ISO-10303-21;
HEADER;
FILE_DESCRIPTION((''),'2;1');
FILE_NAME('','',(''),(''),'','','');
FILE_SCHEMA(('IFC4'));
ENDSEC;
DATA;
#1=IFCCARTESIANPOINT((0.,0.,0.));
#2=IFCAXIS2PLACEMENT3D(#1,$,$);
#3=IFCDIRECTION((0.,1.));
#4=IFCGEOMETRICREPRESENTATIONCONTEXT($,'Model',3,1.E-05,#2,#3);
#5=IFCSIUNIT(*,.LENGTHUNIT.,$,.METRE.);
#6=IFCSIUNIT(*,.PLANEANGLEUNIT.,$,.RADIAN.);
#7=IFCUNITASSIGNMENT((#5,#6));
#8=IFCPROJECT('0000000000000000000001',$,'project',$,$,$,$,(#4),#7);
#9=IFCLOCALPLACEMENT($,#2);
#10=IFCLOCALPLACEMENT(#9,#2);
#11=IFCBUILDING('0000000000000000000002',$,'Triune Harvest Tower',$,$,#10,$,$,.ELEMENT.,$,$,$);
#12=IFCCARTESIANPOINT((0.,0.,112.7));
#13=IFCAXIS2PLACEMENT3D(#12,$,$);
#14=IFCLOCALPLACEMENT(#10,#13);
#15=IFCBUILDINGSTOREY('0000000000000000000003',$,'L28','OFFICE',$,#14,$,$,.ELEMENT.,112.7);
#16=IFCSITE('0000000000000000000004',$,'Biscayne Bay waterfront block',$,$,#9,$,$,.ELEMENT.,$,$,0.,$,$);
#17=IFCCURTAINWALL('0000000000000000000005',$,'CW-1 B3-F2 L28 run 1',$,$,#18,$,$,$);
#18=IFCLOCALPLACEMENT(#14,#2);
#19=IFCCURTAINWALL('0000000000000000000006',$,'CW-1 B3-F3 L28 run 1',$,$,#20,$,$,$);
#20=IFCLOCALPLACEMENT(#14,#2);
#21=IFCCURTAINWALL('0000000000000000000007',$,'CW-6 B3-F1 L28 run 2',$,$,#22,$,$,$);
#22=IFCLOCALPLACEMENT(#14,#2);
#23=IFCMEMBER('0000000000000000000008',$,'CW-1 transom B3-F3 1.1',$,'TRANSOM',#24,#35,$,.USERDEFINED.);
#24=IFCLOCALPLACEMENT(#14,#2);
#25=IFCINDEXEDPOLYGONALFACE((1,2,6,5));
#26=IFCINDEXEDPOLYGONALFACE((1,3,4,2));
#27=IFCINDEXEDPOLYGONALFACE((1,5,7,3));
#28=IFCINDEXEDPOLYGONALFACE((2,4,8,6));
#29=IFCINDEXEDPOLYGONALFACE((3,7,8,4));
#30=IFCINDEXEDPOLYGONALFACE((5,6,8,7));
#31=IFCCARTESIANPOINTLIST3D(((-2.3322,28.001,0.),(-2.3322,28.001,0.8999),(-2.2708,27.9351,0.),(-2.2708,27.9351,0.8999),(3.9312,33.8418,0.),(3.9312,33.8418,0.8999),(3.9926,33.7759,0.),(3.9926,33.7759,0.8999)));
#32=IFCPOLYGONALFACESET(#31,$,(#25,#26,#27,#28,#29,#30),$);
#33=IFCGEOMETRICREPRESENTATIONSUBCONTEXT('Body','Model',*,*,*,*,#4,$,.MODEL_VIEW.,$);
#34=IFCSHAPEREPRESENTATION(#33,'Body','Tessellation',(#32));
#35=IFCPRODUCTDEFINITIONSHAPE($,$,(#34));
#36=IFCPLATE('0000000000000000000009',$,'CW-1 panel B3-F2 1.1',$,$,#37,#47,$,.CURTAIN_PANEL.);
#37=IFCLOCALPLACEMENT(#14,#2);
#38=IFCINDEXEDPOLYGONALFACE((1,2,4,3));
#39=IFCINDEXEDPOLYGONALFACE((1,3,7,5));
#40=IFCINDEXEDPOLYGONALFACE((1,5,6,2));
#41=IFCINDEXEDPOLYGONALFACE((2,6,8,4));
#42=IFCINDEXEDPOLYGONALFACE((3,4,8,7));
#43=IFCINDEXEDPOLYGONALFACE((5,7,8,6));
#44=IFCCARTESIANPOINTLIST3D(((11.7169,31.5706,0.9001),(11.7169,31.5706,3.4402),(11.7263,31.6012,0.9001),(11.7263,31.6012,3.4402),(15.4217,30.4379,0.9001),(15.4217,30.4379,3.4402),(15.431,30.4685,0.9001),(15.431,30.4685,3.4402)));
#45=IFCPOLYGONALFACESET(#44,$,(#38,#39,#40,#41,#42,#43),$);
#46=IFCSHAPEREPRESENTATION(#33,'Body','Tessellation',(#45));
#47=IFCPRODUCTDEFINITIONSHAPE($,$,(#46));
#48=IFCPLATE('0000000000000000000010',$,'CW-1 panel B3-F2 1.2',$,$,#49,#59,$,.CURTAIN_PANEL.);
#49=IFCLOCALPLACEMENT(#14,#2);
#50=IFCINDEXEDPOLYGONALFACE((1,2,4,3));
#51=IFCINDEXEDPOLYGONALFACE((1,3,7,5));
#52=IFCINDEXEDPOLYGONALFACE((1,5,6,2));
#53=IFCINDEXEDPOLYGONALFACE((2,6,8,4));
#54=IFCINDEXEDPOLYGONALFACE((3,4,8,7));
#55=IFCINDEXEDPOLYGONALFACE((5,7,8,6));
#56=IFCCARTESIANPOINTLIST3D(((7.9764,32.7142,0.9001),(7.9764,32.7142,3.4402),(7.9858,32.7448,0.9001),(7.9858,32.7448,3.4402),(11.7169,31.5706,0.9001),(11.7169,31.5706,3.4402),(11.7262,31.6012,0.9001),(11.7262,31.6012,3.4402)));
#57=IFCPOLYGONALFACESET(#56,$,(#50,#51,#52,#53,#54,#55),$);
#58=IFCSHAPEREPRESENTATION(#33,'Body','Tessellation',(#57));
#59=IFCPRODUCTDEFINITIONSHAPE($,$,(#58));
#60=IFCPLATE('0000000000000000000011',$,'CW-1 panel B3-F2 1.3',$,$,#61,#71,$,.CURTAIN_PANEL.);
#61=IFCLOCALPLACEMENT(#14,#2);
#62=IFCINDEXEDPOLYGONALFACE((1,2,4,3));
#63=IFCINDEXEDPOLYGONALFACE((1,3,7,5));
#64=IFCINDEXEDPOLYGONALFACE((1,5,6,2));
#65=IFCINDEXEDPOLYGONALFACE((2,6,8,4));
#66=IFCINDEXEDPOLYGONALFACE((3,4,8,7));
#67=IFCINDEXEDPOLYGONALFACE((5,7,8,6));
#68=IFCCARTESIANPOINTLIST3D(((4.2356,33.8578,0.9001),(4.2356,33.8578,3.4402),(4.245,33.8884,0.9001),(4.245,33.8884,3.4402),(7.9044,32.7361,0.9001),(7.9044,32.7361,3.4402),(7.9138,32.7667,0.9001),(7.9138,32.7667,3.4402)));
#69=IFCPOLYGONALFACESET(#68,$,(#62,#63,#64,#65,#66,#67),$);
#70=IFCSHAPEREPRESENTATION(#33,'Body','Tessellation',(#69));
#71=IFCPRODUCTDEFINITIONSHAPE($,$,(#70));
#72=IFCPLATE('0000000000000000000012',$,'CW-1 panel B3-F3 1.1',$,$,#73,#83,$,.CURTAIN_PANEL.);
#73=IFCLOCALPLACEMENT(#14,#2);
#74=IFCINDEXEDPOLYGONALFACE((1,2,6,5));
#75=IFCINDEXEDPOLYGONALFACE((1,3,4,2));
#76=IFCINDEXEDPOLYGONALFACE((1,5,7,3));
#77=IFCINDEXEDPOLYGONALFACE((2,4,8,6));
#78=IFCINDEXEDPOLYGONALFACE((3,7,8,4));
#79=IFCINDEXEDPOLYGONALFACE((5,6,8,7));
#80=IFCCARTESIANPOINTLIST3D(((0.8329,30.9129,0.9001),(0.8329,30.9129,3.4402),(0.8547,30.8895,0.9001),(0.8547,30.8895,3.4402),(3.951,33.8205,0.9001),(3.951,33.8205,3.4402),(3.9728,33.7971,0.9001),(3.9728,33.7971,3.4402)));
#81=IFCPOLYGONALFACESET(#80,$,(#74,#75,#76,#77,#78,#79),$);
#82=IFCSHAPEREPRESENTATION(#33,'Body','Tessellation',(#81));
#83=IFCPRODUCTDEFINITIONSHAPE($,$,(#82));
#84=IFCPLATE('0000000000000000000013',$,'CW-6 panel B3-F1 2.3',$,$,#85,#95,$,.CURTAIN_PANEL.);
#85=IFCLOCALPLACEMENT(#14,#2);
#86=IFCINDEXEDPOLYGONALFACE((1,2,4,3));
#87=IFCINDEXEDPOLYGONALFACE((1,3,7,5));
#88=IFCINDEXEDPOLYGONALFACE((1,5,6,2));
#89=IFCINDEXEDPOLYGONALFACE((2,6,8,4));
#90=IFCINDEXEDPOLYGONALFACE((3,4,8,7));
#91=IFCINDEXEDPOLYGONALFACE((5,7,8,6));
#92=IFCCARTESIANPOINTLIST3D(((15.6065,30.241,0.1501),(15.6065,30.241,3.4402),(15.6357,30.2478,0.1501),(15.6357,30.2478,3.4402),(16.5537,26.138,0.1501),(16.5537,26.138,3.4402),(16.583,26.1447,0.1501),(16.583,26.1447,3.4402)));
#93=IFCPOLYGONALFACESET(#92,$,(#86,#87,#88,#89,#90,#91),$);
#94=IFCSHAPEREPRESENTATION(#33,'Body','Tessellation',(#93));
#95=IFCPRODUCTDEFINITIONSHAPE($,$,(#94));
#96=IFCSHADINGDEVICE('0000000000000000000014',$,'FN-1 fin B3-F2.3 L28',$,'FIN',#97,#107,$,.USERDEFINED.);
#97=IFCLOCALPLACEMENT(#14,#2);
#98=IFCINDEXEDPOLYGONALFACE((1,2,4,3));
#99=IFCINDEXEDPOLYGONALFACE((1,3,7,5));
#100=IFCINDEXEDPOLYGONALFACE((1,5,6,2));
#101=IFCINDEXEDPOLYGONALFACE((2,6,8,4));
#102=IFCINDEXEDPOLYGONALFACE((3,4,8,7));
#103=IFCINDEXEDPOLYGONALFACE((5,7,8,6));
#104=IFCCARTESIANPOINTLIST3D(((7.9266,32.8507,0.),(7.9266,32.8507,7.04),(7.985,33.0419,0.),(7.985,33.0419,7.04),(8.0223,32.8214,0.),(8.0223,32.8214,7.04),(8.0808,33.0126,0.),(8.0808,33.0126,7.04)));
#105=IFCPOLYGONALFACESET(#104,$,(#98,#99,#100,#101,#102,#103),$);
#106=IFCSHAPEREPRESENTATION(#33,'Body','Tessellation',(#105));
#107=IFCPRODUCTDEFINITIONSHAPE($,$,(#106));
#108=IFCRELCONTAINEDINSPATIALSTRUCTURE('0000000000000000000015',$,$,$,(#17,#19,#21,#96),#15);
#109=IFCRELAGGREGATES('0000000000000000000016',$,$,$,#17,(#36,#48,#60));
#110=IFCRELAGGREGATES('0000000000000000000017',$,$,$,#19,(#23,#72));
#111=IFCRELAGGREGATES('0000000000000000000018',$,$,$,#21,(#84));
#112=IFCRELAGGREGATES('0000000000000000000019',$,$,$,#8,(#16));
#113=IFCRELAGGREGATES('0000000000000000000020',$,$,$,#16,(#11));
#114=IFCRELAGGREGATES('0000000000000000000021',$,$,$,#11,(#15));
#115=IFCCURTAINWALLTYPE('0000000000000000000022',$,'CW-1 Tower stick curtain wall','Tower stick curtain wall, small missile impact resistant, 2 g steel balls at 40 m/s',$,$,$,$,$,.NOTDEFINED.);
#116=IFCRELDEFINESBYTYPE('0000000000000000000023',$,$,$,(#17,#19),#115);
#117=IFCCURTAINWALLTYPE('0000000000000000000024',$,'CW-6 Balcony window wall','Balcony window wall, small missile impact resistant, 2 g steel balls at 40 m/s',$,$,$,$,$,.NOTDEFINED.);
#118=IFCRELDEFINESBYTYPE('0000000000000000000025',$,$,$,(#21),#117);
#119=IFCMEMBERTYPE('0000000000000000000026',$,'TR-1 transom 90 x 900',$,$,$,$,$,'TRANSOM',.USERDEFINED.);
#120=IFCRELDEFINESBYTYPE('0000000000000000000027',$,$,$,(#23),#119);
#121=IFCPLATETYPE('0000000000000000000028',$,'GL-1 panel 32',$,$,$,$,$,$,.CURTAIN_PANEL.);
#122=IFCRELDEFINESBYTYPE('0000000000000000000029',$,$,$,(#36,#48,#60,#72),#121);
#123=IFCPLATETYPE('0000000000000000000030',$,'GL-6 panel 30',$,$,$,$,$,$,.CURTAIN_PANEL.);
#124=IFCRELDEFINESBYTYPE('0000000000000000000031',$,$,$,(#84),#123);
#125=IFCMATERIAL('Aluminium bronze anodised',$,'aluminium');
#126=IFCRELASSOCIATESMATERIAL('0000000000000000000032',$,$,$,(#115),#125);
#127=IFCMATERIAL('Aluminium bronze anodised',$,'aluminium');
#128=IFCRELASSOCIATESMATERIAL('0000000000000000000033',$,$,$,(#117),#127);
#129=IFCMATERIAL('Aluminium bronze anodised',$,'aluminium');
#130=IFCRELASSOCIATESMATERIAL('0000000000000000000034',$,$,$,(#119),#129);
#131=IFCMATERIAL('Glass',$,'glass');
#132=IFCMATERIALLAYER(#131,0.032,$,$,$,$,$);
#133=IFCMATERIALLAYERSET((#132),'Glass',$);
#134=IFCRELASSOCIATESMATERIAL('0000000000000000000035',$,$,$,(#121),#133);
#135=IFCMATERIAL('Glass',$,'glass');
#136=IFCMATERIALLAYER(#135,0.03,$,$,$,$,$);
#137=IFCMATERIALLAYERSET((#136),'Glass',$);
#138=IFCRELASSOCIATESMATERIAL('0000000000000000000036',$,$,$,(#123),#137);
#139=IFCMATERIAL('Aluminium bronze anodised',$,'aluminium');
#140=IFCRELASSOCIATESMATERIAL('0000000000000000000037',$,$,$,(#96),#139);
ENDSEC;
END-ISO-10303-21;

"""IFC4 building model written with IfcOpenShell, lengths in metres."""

from ifc_helpers import new_model, si_unit, direction, frame, origin, origin_2d, place, context, subcontext, project, spatial, rectangle, extrude, source, transform, mapped, material, layer, layer_set, material_profile, profile_set, type_object, element, aggregate, save


model = new_model("IFC4")

# Units and contexts
model_context = context("Model", 3, precision=1e-05, world=origin(), true_north=direction((0.0, 1.0)))
body_context = subcontext(model_context, "Body", "Model", "MODEL_VIEW")
ifc_project = project(units=[si_unit("LENGTHUNIT", "METRE"), si_unit("PLANEANGLEUNIT", "RADIAN")], contexts=[model_context])

# Site, building, storey
site_placement = place(None, origin())
site = spatial("IfcSite", under=ifc_project, at=site_placement, Name="Biscayne Bay waterfront block", CompositionType="ELEMENT", RefElevation=0.0)
building_placement = place(site_placement, origin())
building = spatial("IfcBuilding", under=site, at=building_placement, Name="Triune Harvest Tower", CompositionType="ELEMENT")
storey_placement = place(building_placement, frame((0.0, 0.0, 112.7)))
storey = spatial("IfcBuildingStorey", under=building, at=storey_placement, Name="L28", Description="OFFICE", CompositionType="ELEMENT", Elevation=112.7)

# Curtain wall
ifc_material_1 = material(Name="Aluminium bronze anodised", Category="aluminium")
curtain_wall_type_1 = type_object("IfcCurtainWallType", Name="CW-1 Tower stick curtain wall", Description="Tower stick curtain wall, small missile impact resistant, 2 g steel balls at 40 m/s", PredefinedType="NOTDEFINED", material=ifc_material_1)
curtain_wall_1_placement = place(storey_placement, origin())
curtain_wall_1 = element("IfcCurtainWall", 1, at=curtain_wall_1_placement, inside=storey, type_object=curtain_wall_type_1, Name="CW-1 B3-F2 L28 run 1")

# Curtain walls
curtain_wall_2_placement = place(storey_placement, origin())
curtain_wall_2 = element("IfcCurtainWall", 2, at=curtain_wall_2_placement, inside=storey, type_object=curtain_wall_type_1, Name="CW-1 B3-F3 L28 run 1")
ifc_material_2 = material(Name="Aluminium bronze anodised", Category="aluminium")
curtain_wall_type_2 = type_object("IfcCurtainWallType", Name="CW-6 Balcony window wall", Description="Balcony window wall, small missile impact resistant, 2 g steel balls at 40 m/s", PredefinedType="NOTDEFINED", material=ifc_material_2)
curtain_wall_3_placement = place(storey_placement, origin())
curtain_wall_3 = element("IfcCurtainWall", 3, at=curtain_wall_3_placement, inside=storey, type_object=curtain_wall_type_2, Name="CW-6 B3-F1 L28 run 2")

# Member
ifc_material_3 = material(Name="Aluminium bronze anodised", Category="aluminium")
ifc_material_profile_1 = material_profile(ifc_material_3, rectangle(XDim=0.0901, YDim=0.8999, at=origin_2d()), Name="TR-1 transom 90 x 900")
ifc_profile_set_1 = profile_set([ifc_material_profile_1], Name="Aluminium bronze anodised")
member_type_1 = type_object("IfcMemberType", Name="TR-1 transom 90 x 900", ElementType="TRANSOM", PredefinedType="USERDEFINED", material=ifc_profile_set_1)
shared_shape_1 = source(origin(), body_context, "Body", "SweptSolid", [
    extrude(rectangle(XDim=0.0901, YDim=0.8999, at=origin_2d()), origin(), (0.0, 0.0, 1.0), 8.5642),
])
member_1_placement = place(storey_placement, frame((3.9619, 33.8088, 0.45), z_axis=(-0.731349, -0.682003, 0.0), x_axis=(0.682003, -0.731349, 0.0)))
member_1 = element("IfcMember", 4, at=member_1_placement, type_object=member_type_1, Name="CW-1 transom B3-F3 1.1", ObjectType="TRANSOM", PredefinedType="USERDEFINED", context=body_context, shape_type="MappedRepresentation", body=[
    mapped(shared_shape_1, transform((0.0, 0.0, 0.0), scale=1.0)),
])

# Plates
ifc_material_4 = material(Name="Glass", Category="glass")
ifc_layer_1 = layer(ifc_material_4, 0.032)
ifc_layer_set_1 = layer_set([ifc_layer_1], Name="Glass")
plate_type_1 = type_object("IfcPlateType", Name="GL-1 panel 32", PredefinedType="CURTAIN_PANEL", material=ifc_layer_set_1)
shared_shape_2 = source(origin(), body_context, "Body", "SweptSolid", [
    extrude(rectangle(XDim=3.874, YDim=0.032, at=origin_2d()), origin(), (0.0, 0.0, 1.0), 2.54),
])
plate_1_placement = place(storey_placement, frame((13.574, 31.0195, 0.9001), z_axis=(0.0, 0.0, 1.0), x_axis=(-0.956303, 0.292377, 0.0)))
plate_1 = element("IfcPlate", 5, at=plate_1_placement, type_object=plate_type_1, Name="CW-1 panel B3-F2 1.1", PredefinedType="CURTAIN_PANEL", context=body_context, shape_type="MappedRepresentation", body=[
    mapped(shared_shape_2, transform((0.0, 0.0, 0.0), scale=1.0)),
])
shared_shape_3 = source(origin(), body_context, "Body", "SweptSolid", [
    extrude(rectangle(XDim=3.9114, YDim=0.032, at=origin_2d()), origin(), (0.0, 0.0, 1.0), 2.54),
])
plate_2_placement = place(storey_placement, frame((9.8513, 32.1577, 0.9001), z_axis=(0.0, 0.0, 1.0), x_axis=(-0.956303, 0.292377, 0.0)))
plate_2 = element("IfcPlate", 6, at=plate_2_placement, type_object=plate_type_1, Name="CW-1 panel B3-F2 1.2", PredefinedType="CURTAIN_PANEL", context=body_context, shape_type="MappedRepresentation", body=[
    mapped(shared_shape_3, transform((0.0, 0.0, 0.0), scale=1.0)),
])
shared_shape_4 = source(origin(), body_context, "Body", "SweptSolid", [
    extrude(rectangle(XDim=3.8364, YDim=0.032, at=origin_2d()), origin(), (0.0, 0.0, 1.0), 2.54),
])
plate_3_placement = place(storey_placement, frame((6.0747, 33.3123, 0.9001), z_axis=(0.0, 0.0, 1.0), x_axis=(-0.956303, 0.292377, 0.0)))
plate_3 = element("IfcPlate", 7, at=plate_3_placement, type_object=plate_type_1, Name="CW-1 panel B3-F2 1.3", PredefinedType="CURTAIN_PANEL", context=body_context, shape_type="MappedRepresentation", body=[
    mapped(shared_shape_4, transform((0.0, 0.0, 0.0), scale=1.0)),
])
aggregate(curtain_wall_1, [plate_1, plate_2, plate_3])
shared_shape_5 = source(origin(), body_context, "Body", "SweptSolid", [
    extrude(rectangle(XDim=4.2634, YDim=0.032, at=origin_2d()), origin(), (0.0, 0.0, 1.0), 2.54),
])
plate_4_placement = place(storey_placement, frame((2.4028, 32.355, 0.9001), z_axis=(0.0, 0.0, 1.0), x_axis=(-0.731354, -0.681998, 0.0)))
plate_4 = element("IfcPlate", 8, at=plate_4_placement, type_object=plate_type_1, Name="CW-1 panel B3-F3 1.1", PredefinedType="CURTAIN_PANEL", context=body_context, shape_type="MappedRepresentation", body=[
    mapped(shared_shape_5, transform((0.0, 0.0, 0.0), scale=1.0)),
])
aggregate(curtain_wall_2, [member_1, plate_4])
ifc_material_5 = material(Name="Glass", Category="glass")
ifc_layer_2 = layer(ifc_material_5, 0.03)
ifc_layer_set_2 = layer_set([ifc_layer_2], Name="Glass")
plate_type_2 = type_object("IfcPlateType", Name="GL-6 panel 30", PredefinedType="CURTAIN_PANEL", material=ifc_layer_set_2)
shared_shape_6 = source(origin(), body_context, "Body", "SweptSolid", [
    extrude(rectangle(XDim=4.2109, YDim=0.03, at=origin_2d()), origin(), (0.0, 0.0, 1.0), 3.29),
])
plate_5_placement = place(storey_placement, frame((16.0947, 28.1929, 0.1501), z_axis=(0.0, 0.0, 1.0), x_axis=(-0.224951, 0.97437, 0.0)))
plate_5 = element("IfcPlate", 9, at=plate_5_placement, type_object=plate_type_2, Name="CW-6 panel B3-F1 2.3", PredefinedType="CURTAIN_PANEL", context=body_context, shape_type="MappedRepresentation", body=[
    mapped(shared_shape_6, transform((0.0, 0.0, 0.0), scale=1.0)),
])
aggregate(curtain_wall_3, [plate_5])

# Shading device
ifc_material_6 = material(Name="Aluminium bronze anodised", Category="aluminium")
shared_shape_7 = source(origin(), body_context, "Body", "SweptSolid", [
    extrude(rectangle(XDim=0.1001, YDim=0.2, at=origin_2d()), origin(), (0.0, 0.0, 1.0), 7.04),
])
shading_device_placement = place(storey_placement, frame((8.0037, 32.9316, 0.0), z_axis=(0.0, 0.0, 1.0), x_axis=(-0.956303, 0.292377, 0.0)))
element("IfcShadingDevice", 10, at=shading_device_placement, inside=storey, material=ifc_material_6, Name="FN-1 fin B3-F2.3 L28", ObjectType="FIN", PredefinedType="USERDEFINED", context=body_context, shape_type="MappedRepresentation", body=[
    mapped(shared_shape_7, transform((0.0, 0.0, 0.0), scale=1.0)),
])

save(model, "model.ifc")
